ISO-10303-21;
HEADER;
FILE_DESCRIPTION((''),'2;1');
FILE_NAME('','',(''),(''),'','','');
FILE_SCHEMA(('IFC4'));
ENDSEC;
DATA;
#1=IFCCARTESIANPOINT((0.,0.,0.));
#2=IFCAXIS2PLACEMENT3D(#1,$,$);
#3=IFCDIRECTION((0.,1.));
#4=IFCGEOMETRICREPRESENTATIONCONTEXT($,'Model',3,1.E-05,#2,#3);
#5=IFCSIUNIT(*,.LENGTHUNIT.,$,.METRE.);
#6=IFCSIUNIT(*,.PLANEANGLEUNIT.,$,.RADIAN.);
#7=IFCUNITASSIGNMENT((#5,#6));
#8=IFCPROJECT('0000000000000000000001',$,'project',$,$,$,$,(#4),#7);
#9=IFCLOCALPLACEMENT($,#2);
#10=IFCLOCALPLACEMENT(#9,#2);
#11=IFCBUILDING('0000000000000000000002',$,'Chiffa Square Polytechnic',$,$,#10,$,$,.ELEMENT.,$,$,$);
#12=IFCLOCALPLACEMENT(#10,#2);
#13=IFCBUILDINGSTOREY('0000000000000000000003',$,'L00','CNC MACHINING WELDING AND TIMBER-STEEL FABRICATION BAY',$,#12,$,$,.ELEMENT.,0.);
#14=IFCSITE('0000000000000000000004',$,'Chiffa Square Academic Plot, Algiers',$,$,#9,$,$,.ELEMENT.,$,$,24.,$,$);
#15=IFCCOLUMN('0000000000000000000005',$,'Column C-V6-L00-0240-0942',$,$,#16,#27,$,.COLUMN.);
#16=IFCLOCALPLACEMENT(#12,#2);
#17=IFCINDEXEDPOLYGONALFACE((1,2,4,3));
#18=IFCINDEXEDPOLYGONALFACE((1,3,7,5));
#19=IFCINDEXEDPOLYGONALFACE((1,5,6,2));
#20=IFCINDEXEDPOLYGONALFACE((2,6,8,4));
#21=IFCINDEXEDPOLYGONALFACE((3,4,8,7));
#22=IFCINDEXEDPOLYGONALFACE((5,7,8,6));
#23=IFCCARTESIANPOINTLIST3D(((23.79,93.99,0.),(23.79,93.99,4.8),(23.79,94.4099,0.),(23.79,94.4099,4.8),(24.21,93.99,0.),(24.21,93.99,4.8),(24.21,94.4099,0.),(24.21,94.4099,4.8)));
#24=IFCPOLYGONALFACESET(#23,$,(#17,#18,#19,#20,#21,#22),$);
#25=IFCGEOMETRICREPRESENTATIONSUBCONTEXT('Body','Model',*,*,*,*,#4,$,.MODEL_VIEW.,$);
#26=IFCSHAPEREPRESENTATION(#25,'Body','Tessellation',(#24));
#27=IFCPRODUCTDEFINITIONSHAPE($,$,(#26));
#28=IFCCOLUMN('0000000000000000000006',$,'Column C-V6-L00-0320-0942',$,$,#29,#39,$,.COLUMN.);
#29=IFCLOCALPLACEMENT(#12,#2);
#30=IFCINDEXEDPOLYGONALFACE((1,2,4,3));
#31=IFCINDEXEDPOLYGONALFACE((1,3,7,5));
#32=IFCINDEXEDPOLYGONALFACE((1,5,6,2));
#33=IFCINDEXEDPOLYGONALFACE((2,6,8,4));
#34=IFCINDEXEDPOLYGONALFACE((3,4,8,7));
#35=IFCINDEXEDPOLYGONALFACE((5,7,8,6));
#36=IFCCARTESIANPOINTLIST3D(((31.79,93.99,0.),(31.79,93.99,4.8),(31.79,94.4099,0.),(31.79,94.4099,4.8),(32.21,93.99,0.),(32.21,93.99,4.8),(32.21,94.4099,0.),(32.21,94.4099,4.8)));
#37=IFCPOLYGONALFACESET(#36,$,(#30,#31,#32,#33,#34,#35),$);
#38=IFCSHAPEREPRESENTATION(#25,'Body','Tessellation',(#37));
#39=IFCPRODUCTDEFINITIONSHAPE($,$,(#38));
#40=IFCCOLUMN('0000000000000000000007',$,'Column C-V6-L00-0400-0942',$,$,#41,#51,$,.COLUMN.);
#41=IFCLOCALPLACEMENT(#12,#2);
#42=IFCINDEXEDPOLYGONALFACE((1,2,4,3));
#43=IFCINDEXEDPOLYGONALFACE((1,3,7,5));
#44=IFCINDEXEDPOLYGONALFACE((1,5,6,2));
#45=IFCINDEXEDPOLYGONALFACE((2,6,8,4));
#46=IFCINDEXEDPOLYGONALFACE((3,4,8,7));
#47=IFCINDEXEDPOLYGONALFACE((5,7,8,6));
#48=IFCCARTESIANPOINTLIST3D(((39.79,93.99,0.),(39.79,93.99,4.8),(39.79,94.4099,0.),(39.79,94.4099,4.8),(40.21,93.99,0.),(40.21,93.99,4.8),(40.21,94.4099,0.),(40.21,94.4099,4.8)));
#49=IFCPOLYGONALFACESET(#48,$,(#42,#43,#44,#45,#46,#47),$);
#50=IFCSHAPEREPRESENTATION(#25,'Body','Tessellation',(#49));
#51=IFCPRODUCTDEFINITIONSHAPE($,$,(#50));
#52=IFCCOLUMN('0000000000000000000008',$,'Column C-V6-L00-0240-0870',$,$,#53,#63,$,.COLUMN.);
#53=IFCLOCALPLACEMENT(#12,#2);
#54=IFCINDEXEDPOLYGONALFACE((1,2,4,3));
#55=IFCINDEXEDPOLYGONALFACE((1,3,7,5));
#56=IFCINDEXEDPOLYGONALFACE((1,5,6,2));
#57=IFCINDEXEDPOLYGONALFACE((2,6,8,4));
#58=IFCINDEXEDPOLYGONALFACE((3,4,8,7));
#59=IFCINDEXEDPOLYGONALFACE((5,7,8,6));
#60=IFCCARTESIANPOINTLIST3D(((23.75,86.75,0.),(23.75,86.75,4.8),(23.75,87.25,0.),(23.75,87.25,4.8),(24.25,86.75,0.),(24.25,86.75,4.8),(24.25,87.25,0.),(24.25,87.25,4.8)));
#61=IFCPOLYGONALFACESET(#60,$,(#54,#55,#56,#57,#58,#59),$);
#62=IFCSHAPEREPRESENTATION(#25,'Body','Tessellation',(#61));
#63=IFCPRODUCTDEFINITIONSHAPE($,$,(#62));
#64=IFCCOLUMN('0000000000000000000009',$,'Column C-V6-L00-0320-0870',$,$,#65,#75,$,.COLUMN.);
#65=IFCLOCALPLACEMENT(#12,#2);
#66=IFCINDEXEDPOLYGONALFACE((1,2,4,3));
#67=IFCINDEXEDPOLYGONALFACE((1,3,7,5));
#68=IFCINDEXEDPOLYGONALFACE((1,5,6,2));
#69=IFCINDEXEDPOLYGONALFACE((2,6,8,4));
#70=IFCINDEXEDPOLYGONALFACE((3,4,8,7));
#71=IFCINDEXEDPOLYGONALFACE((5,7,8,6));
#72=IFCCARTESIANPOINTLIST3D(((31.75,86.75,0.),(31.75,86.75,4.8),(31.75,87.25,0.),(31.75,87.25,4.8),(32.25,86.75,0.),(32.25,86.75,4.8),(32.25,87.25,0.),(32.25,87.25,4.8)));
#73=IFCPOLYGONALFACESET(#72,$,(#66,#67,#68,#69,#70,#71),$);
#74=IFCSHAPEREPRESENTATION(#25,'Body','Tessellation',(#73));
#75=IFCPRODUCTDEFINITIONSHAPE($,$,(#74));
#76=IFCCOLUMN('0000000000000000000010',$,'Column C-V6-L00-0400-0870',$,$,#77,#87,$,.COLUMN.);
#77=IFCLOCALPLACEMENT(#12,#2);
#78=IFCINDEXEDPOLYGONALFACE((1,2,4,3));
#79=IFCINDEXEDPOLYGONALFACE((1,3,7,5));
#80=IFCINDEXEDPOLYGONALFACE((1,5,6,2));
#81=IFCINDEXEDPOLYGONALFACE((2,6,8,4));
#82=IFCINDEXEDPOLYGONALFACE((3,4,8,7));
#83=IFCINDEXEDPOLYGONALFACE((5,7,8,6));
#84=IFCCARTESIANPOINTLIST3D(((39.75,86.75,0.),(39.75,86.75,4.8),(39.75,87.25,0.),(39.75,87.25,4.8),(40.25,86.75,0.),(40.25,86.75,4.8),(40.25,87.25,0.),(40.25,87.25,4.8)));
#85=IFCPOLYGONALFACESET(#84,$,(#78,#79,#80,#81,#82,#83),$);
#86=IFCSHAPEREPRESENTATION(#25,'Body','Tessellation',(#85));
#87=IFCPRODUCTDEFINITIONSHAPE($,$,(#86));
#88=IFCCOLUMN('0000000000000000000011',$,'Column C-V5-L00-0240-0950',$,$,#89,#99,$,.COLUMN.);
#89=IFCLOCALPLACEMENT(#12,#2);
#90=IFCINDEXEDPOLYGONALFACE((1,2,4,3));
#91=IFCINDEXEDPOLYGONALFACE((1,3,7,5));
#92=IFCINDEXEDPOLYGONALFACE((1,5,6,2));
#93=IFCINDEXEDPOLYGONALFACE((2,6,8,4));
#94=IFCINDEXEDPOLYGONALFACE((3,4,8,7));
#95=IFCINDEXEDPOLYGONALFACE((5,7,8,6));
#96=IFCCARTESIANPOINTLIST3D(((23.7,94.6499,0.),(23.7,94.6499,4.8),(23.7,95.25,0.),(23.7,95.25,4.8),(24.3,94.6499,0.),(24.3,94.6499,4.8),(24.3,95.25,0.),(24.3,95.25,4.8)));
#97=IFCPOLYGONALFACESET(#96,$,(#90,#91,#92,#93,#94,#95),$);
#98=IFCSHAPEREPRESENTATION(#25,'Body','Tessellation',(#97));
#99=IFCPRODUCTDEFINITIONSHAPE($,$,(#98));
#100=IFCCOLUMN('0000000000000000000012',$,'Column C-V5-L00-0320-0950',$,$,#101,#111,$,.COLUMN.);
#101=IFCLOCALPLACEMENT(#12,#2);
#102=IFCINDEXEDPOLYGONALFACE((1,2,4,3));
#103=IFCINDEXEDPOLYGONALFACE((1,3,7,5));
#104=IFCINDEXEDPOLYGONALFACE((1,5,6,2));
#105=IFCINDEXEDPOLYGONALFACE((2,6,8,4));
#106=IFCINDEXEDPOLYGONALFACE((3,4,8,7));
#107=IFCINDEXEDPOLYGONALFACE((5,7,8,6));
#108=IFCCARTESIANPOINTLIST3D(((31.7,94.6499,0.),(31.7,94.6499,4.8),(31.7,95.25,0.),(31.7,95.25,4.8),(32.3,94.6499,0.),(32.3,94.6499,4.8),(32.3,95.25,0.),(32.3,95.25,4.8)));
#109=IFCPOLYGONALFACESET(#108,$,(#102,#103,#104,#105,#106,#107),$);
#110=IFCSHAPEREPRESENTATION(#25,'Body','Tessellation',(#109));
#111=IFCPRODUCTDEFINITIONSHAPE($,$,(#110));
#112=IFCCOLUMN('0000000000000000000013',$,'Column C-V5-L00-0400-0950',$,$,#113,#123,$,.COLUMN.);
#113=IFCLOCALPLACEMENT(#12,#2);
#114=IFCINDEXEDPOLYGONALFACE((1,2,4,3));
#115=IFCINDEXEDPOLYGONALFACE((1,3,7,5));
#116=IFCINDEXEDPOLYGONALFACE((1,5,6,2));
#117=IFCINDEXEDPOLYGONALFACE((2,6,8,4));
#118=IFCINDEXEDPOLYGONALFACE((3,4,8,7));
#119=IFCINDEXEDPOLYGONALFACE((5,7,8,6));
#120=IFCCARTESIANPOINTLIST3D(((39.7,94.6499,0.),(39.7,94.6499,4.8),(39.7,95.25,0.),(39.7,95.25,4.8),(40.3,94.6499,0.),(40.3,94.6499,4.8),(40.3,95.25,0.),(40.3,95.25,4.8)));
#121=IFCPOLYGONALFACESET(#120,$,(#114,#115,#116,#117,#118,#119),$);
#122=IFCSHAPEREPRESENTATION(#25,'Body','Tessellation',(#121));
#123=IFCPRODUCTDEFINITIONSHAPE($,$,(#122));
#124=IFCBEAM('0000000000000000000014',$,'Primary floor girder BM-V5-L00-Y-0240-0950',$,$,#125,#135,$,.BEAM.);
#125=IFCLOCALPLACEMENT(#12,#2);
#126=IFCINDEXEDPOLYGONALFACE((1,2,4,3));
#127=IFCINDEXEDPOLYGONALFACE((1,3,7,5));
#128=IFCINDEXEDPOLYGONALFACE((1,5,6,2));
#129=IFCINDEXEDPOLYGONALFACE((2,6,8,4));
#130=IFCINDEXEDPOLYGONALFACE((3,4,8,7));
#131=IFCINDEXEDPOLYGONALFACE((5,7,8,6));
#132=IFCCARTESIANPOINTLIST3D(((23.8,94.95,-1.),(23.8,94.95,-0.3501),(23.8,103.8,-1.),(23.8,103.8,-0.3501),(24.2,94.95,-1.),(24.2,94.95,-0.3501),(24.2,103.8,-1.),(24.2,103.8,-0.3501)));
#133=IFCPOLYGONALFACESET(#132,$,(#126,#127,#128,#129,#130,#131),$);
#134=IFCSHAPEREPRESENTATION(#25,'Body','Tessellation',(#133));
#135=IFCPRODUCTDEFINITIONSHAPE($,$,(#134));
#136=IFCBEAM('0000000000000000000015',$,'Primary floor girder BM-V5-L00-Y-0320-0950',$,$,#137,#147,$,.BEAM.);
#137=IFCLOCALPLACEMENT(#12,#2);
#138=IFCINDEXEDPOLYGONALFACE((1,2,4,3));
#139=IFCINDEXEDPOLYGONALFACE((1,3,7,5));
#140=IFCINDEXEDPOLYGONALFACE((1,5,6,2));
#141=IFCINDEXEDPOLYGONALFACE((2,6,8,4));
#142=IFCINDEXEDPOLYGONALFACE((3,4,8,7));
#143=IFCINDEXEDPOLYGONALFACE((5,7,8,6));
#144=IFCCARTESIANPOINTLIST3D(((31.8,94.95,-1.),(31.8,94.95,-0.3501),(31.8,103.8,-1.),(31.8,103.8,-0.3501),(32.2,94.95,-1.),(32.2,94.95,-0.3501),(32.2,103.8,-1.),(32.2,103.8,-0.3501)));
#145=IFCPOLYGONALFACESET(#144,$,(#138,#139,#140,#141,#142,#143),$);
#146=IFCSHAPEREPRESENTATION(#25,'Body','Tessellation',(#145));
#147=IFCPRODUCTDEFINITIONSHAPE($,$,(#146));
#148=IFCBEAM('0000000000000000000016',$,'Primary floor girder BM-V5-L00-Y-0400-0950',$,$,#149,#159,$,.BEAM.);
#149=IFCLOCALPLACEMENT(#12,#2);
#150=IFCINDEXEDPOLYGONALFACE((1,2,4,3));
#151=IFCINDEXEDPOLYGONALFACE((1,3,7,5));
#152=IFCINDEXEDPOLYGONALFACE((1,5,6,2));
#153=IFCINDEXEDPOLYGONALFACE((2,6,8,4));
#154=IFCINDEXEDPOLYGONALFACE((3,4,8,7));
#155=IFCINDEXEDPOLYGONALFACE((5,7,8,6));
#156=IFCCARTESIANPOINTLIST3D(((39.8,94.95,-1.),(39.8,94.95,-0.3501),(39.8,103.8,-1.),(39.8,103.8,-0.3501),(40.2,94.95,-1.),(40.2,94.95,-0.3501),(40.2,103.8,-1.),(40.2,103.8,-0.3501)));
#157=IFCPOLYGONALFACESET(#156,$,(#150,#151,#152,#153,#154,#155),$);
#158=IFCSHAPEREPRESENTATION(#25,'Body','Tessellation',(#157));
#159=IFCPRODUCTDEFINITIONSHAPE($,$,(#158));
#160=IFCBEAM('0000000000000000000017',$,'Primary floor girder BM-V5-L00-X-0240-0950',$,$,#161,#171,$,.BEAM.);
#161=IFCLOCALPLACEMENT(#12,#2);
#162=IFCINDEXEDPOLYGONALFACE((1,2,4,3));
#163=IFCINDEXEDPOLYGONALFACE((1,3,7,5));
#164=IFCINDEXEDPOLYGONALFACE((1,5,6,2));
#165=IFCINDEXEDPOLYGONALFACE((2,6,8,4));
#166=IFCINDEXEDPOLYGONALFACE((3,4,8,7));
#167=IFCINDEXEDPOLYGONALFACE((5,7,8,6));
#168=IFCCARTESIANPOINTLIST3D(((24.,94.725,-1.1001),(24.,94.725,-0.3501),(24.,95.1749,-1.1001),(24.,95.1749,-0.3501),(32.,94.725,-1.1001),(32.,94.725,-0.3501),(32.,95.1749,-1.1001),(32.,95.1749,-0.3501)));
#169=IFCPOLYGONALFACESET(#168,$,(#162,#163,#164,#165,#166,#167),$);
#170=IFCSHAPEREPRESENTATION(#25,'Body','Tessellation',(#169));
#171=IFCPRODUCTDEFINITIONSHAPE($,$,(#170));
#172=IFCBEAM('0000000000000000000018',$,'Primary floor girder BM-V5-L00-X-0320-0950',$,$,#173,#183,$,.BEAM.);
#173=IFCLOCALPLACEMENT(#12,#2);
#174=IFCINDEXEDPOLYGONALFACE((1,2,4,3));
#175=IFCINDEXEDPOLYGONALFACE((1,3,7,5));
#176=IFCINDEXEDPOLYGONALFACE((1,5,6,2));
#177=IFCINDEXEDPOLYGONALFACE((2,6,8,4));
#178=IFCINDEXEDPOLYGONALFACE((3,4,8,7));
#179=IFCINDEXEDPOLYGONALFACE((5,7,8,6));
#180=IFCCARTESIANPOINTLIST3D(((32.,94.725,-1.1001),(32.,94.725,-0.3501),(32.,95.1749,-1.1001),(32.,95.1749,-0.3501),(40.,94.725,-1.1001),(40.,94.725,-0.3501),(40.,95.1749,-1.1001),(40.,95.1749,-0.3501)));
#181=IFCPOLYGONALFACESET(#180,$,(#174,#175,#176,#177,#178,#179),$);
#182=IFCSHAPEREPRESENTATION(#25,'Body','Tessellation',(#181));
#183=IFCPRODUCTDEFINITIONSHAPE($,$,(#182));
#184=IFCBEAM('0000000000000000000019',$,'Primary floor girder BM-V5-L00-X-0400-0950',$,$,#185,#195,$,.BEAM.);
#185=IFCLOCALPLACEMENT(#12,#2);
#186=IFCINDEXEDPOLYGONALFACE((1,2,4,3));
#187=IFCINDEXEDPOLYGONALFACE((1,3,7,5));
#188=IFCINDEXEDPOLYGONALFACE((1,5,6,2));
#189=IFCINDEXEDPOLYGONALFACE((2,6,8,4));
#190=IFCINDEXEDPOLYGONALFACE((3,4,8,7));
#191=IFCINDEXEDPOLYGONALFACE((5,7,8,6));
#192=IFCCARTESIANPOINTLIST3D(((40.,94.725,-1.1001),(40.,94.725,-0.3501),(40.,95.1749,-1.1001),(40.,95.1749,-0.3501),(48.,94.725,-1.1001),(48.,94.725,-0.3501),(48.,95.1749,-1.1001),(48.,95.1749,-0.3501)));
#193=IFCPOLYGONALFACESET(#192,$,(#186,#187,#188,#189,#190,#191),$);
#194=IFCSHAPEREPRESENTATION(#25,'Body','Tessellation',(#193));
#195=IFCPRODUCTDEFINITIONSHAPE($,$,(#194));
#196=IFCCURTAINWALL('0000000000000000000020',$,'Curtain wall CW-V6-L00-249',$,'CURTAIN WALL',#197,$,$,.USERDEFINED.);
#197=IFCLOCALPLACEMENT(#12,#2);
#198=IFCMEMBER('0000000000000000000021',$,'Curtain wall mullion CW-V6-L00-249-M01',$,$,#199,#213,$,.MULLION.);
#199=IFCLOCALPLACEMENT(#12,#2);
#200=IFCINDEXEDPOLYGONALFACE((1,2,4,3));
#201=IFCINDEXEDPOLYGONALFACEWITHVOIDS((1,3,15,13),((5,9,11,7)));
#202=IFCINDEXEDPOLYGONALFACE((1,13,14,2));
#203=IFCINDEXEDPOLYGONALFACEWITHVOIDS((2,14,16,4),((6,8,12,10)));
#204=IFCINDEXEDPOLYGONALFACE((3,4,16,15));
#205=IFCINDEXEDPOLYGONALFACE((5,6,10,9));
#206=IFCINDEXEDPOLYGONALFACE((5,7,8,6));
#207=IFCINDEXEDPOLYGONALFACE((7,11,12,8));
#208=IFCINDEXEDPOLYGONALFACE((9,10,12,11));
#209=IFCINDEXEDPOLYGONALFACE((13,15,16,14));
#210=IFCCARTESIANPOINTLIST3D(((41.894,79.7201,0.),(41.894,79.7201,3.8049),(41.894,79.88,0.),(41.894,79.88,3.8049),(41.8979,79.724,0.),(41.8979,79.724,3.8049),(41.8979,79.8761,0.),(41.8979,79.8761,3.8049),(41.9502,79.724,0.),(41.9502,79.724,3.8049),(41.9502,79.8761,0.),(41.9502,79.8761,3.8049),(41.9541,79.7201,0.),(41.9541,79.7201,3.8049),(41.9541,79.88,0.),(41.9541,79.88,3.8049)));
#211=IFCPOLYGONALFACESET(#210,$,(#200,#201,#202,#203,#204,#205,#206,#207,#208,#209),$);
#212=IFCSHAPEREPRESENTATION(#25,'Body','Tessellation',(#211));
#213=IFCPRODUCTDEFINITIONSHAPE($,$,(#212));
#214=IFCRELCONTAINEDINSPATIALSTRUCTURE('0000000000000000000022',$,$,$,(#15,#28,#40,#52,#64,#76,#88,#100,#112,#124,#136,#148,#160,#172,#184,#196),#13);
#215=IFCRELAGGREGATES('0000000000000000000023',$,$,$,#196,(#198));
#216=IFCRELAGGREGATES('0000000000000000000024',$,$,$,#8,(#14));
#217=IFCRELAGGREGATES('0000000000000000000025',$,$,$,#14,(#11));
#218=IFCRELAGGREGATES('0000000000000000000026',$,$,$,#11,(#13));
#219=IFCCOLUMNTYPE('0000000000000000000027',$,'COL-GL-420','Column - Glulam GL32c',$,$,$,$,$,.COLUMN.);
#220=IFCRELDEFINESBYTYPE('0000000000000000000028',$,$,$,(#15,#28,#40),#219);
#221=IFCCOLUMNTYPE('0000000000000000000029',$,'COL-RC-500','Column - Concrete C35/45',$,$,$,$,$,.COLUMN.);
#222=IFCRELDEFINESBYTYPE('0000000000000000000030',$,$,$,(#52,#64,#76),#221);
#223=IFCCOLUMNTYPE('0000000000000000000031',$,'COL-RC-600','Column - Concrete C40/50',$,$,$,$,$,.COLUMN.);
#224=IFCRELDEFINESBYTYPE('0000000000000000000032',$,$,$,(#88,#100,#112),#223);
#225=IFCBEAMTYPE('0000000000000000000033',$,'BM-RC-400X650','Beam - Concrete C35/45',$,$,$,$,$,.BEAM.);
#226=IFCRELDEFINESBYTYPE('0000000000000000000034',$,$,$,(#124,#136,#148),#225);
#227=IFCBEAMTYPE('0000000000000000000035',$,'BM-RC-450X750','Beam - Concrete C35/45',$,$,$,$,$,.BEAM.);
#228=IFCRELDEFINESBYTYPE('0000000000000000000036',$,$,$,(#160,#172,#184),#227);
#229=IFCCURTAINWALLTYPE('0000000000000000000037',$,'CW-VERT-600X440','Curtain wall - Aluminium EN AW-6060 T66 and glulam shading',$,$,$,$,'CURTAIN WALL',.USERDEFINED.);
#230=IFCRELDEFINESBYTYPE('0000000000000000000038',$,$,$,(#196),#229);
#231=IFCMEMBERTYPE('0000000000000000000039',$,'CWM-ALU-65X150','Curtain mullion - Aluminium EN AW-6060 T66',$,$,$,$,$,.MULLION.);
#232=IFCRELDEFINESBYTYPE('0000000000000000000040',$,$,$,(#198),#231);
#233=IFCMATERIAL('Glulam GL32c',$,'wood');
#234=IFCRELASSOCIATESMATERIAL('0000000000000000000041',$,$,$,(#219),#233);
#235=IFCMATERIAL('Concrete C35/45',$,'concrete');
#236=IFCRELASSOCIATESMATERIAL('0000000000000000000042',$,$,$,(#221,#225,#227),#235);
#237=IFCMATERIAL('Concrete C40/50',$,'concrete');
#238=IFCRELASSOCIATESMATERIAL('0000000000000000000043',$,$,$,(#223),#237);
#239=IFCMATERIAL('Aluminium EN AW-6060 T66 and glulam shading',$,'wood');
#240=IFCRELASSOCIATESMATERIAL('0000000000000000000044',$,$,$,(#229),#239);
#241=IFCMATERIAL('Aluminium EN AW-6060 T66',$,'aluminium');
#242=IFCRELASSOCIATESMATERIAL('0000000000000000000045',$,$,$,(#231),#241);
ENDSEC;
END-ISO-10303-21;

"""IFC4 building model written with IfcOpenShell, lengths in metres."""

from ifc_helpers import new_model, si_unit, direction, frame, origin, origin_2d, place, context, subcontext, project, spatial, rectangle, hollow_rectangle, extrude, material, material_profile, profile_set, type_object, element, aggregate, save


model = new_model("IFC4")

# Units and contexts
model_context = context("Model", 3, precision=1e-05, world=origin(), true_north=direction((0.0, 1.0)))
body_context = subcontext(model_context, "Body", "Model", "MODEL_VIEW")
ifc_project = project(units=[si_unit("LENGTHUNIT", "METRE"), si_unit("PLANEANGLEUNIT", "RADIAN")], contexts=[model_context])

# Site, building, storey
site_placement = place(None, origin())
site = spatial("IfcSite", under=ifc_project, at=site_placement, Name="Chiffa Square Academic Plot, Algiers", CompositionType="ELEMENT", RefElevation=24.0)
building_placement = place(site_placement, origin())
building = spatial("IfcBuilding", under=site, at=building_placement, Name="Chiffa Square Polytechnic", CompositionType="ELEMENT")
storey_placement = place(building_placement, origin())
storey = spatial("IfcBuildingStorey", under=building, at=storey_placement, Name="L00", Description="CNC MACHINING WELDING AND TIMBER-STEEL FABRICATION BAY", CompositionType="ELEMENT", Elevation=0.0)

# Columns
ifc_material_1 = material(Name="Glulam GL32c", Category="wood")
ifc_material_profile_1 = material_profile(ifc_material_1, rectangle(XDim=0.4199, YDim=0.4199, at=origin_2d()), Name="GL32c 420x420")
ifc_profile_set_1 = profile_set([ifc_material_profile_1], Name="Glulam GL32c")
column_type_1 = type_object("IfcColumnType", Name="COL-GL-420", Description="Column - Glulam GL32c", PredefinedType="COLUMN", material=ifc_profile_set_1)
for number, where, z_axis, x_axis, name in (
    (1, (24.0, 94.2, 0.0), (0.0, 0.0, 1.0), (1.0, 0.0, 0.0), "Column C-V6-L00-0240-0942"),
    (2, (32.0, 94.2, 0.0), (0.0, 0.0, 1.0), (1.0, 0.0, 0.0), "Column C-V6-L00-0320-0942"),
    (3, (40.0, 94.2, 0.0), (0.0, 0.0, 1.0), (1.0, 0.0, 0.0), "Column C-V6-L00-0400-0942"),
):
    element("IfcColumn", number, at=place(storey_placement, frame(where, z_axis=z_axis, x_axis=x_axis)), inside=storey, type_object=column_type_1, Name=name, PredefinedType="COLUMN", context=body_context, shape_type="SweptSolid", body=[
        extrude(rectangle(XDim=0.4199, YDim=0.4199, at=origin_2d()), origin(), (0.0, 0.0, 1.0), 4.8),
    ])
ifc_material_2 = material(Name="Concrete C35/45", Category="concrete")
ifc_material_profile_2 = material_profile(ifc_material_2, rectangle(XDim=0.5, YDim=0.5, at=origin_2d()), Name="RC 500x500")
ifc_profile_set_2 = profile_set([ifc_material_profile_2], Name="Concrete C35/45")
column_type_2 = type_object("IfcColumnType", Name="COL-RC-500", Description="Column - Concrete C35/45", PredefinedType="COLUMN", material=ifc_profile_set_2)
for number, where, z_axis, x_axis, name in (
    (4, (24.0, 87.0, 0.0), (0.0, 0.0, 1.0), (1.0, 0.0, 0.0), "Column C-V6-L00-0240-0870"),
    (5, (32.0, 87.0, 0.0), (0.0, 0.0, 1.0), (1.0, 0.0, 0.0), "Column C-V6-L00-0320-0870"),
    (6, (40.0, 87.0, 0.0), (0.0, 0.0, 1.0), (1.0, 0.0, 0.0), "Column C-V6-L00-0400-0870"),
):
    element("IfcColumn", number, at=place(storey_placement, frame(where, z_axis=z_axis, x_axis=x_axis)), inside=storey, type_object=column_type_2, Name=name, PredefinedType="COLUMN", context=body_context, shape_type="SweptSolid", body=[
        extrude(rectangle(XDim=0.5, YDim=0.5, at=origin_2d()), origin(), (0.0, 0.0, 1.0), 4.8),
    ])
ifc_material_3 = material(Name="Concrete C40/50", Category="concrete")
ifc_material_profile_3 = material_profile(ifc_material_3, rectangle(XDim=0.6001, YDim=0.6001, at=origin_2d()), Name="RC 600x600")
ifc_profile_set_3 = profile_set([ifc_material_profile_3], Name="Concrete C40/50")
column_type_3 = type_object("IfcColumnType", Name="COL-RC-600", Description="Column - Concrete C40/50", PredefinedType="COLUMN", material=ifc_profile_set_3)
for number, where, z_axis, x_axis, name in (
    (7, (24.0, 94.95, 0.0), (0.0, 0.0, 1.0), (1.0, 0.0, 0.0), "Column C-V5-L00-0240-0950"),
    (8, (32.0, 94.95, 0.0), (0.0, 0.0, 1.0), (1.0, 0.0, 0.0), "Column C-V5-L00-0320-0950"),
    (9, (40.0, 94.95, 0.0), (0.0, 0.0, 1.0), (1.0, 0.0, 0.0), "Column C-V5-L00-0400-0950"),
):
    element("IfcColumn", number, at=place(storey_placement, frame(where, z_axis=z_axis, x_axis=x_axis)), inside=storey, type_object=column_type_3, Name=name, PredefinedType="COLUMN", context=body_context, shape_type="SweptSolid", body=[
        extrude(rectangle(XDim=0.6001, YDim=0.6001, at=origin_2d()), origin(), (0.0, 0.0, 1.0), 4.8),
    ])

# Beams
ifc_material_profile_4 = material_profile(ifc_material_2, rectangle(XDim=0.3999, YDim=0.6499, at=origin_2d()), Name="RC 400x650")
ifc_profile_set_4 = profile_set([ifc_material_profile_4], Name="Concrete C35/45")
beam_type_1 = type_object("IfcBeamType", Name="BM-RC-400X650", Description="Beam - Concrete C35/45", PredefinedType="BEAM", material=ifc_profile_set_4)
for number, where, z_axis, x_axis, name in (
    (10, (24.0, 94.95, -0.675), (0.0, 1.0, 0.0), (-1.0, 0.0, 0.0), "Primary floor girder BM-V5-L00-Y-0240-0950"),
    (11, (32.0, 94.95, -0.675), (0.0, 1.0, 0.0), (-1.0, 0.0, 0.0), "Primary floor girder BM-V5-L00-Y-0320-0950"),
    (12, (40.0, 94.95, -0.675), (0.0, 1.0, 0.0), (-1.0, 0.0, 0.0), "Primary floor girder BM-V5-L00-Y-0400-0950"),
):
    element("IfcBeam", number, at=place(storey_placement, frame(where, z_axis=z_axis, x_axis=x_axis)), inside=storey, type_object=beam_type_1, Name=name, PredefinedType="BEAM", context=body_context, shape_type="SweptSolid", body=[
        extrude(rectangle(XDim=0.3999, YDim=0.6499, at=origin_2d()), origin(), (0.0, 0.0, 1.0), 8.8501),
    ])
ifc_material_profile_5 = material_profile(ifc_material_2, rectangle(XDim=0.45, YDim=0.75, at=origin_2d()), Name="RC 450x750")
ifc_profile_set_5 = profile_set([ifc_material_profile_5], Name="Concrete C35/45")
beam_type_2 = type_object("IfcBeamType", Name="BM-RC-450X750", Description="Beam - Concrete C35/45", PredefinedType="BEAM", material=ifc_profile_set_5)
for number, where, z_axis, x_axis, name in (
    (13, (24.0, 94.95, -0.7251), (1.0, 0.0, 0.0), (0.0, 1.0, 0.0), "Primary floor girder BM-V5-L00-X-0240-0950"),
    (14, (32.0, 94.95, -0.7251), (1.0, 0.0, 0.0), (0.0, 1.0, 0.0), "Primary floor girder BM-V5-L00-X-0320-0950"),
    (15, (40.0, 94.95, -0.7251), (1.0, 0.0, 0.0), (0.0, 1.0, 0.0), "Primary floor girder BM-V5-L00-X-0400-0950"),
):
    element("IfcBeam", number, at=place(storey_placement, frame(where, z_axis=z_axis, x_axis=x_axis)), inside=storey, type_object=beam_type_2, Name=name, PredefinedType="BEAM", context=body_context, shape_type="SweptSolid", body=[
        extrude(rectangle(XDim=0.45, YDim=0.75, at=origin_2d()), origin(), (0.0, 0.0, 1.0), 8.0),
    ])

# Curtain wall, member
ifc_material_4 = material(Name="Aluminium EN AW-6060 T66 and glulam shading", Category="wood")
curtain_wall_type = type_object("IfcCurtainWallType", Name="CW-VERT-600X440", Description="Curtain wall - Aluminium EN AW-6060 T66 and glulam shading", ElementType="CURTAIN WALL", PredefinedType="USERDEFINED", material=ifc_material_4)
curtain_wall_placement = place(storey_placement, origin())
curtain_wall = element("IfcCurtainWall", 16, at=curtain_wall_placement, inside=storey, type_object=curtain_wall_type, Name="Curtain wall CW-V6-L00-249", ObjectType="CURTAIN WALL", PredefinedType="USERDEFINED")
ifc_material_5 = material(Name="Aluminium EN AW-6060 T66", Category="aluminium")
ifc_material_profile_6 = material_profile(ifc_material_5, hollow_rectangle(XDim=0.0601, YDim=0.1599, WallThickness=0.0039, at=origin_2d()), Name="ALU 60x160x4")
ifc_profile_set_6 = profile_set([ifc_material_profile_6], Name="Aluminium EN AW-6060 T66")
member_type = type_object("IfcMemberType", Name="CWM-ALU-65X150", Description="Curtain mullion - Aluminium EN AW-6060 T66", PredefinedType="MULLION", material=ifc_profile_set_6)
member_1_placement = place(storey_placement, frame((41.9241, 79.8, 0.0), z_axis=(0.0, 0.0, 1.0), x_axis=(1.0, 0.0, 0.0)))
member_1 = element("IfcMember", 17, at=member_1_placement, type_object=member_type, Name="Curtain wall mullion CW-V6-L00-249-M01", PredefinedType="MULLION", context=body_context, shape_type="SweptSolid", body=[
    extrude(hollow_rectangle(XDim=0.0601, YDim=0.1599, WallThickness=0.0039, at=origin_2d()), origin(), (0.0, 0.0, 1.0), 3.8049),
])

aggregate(curtain_wall, [member_1])

save(model, "model.ifc")
